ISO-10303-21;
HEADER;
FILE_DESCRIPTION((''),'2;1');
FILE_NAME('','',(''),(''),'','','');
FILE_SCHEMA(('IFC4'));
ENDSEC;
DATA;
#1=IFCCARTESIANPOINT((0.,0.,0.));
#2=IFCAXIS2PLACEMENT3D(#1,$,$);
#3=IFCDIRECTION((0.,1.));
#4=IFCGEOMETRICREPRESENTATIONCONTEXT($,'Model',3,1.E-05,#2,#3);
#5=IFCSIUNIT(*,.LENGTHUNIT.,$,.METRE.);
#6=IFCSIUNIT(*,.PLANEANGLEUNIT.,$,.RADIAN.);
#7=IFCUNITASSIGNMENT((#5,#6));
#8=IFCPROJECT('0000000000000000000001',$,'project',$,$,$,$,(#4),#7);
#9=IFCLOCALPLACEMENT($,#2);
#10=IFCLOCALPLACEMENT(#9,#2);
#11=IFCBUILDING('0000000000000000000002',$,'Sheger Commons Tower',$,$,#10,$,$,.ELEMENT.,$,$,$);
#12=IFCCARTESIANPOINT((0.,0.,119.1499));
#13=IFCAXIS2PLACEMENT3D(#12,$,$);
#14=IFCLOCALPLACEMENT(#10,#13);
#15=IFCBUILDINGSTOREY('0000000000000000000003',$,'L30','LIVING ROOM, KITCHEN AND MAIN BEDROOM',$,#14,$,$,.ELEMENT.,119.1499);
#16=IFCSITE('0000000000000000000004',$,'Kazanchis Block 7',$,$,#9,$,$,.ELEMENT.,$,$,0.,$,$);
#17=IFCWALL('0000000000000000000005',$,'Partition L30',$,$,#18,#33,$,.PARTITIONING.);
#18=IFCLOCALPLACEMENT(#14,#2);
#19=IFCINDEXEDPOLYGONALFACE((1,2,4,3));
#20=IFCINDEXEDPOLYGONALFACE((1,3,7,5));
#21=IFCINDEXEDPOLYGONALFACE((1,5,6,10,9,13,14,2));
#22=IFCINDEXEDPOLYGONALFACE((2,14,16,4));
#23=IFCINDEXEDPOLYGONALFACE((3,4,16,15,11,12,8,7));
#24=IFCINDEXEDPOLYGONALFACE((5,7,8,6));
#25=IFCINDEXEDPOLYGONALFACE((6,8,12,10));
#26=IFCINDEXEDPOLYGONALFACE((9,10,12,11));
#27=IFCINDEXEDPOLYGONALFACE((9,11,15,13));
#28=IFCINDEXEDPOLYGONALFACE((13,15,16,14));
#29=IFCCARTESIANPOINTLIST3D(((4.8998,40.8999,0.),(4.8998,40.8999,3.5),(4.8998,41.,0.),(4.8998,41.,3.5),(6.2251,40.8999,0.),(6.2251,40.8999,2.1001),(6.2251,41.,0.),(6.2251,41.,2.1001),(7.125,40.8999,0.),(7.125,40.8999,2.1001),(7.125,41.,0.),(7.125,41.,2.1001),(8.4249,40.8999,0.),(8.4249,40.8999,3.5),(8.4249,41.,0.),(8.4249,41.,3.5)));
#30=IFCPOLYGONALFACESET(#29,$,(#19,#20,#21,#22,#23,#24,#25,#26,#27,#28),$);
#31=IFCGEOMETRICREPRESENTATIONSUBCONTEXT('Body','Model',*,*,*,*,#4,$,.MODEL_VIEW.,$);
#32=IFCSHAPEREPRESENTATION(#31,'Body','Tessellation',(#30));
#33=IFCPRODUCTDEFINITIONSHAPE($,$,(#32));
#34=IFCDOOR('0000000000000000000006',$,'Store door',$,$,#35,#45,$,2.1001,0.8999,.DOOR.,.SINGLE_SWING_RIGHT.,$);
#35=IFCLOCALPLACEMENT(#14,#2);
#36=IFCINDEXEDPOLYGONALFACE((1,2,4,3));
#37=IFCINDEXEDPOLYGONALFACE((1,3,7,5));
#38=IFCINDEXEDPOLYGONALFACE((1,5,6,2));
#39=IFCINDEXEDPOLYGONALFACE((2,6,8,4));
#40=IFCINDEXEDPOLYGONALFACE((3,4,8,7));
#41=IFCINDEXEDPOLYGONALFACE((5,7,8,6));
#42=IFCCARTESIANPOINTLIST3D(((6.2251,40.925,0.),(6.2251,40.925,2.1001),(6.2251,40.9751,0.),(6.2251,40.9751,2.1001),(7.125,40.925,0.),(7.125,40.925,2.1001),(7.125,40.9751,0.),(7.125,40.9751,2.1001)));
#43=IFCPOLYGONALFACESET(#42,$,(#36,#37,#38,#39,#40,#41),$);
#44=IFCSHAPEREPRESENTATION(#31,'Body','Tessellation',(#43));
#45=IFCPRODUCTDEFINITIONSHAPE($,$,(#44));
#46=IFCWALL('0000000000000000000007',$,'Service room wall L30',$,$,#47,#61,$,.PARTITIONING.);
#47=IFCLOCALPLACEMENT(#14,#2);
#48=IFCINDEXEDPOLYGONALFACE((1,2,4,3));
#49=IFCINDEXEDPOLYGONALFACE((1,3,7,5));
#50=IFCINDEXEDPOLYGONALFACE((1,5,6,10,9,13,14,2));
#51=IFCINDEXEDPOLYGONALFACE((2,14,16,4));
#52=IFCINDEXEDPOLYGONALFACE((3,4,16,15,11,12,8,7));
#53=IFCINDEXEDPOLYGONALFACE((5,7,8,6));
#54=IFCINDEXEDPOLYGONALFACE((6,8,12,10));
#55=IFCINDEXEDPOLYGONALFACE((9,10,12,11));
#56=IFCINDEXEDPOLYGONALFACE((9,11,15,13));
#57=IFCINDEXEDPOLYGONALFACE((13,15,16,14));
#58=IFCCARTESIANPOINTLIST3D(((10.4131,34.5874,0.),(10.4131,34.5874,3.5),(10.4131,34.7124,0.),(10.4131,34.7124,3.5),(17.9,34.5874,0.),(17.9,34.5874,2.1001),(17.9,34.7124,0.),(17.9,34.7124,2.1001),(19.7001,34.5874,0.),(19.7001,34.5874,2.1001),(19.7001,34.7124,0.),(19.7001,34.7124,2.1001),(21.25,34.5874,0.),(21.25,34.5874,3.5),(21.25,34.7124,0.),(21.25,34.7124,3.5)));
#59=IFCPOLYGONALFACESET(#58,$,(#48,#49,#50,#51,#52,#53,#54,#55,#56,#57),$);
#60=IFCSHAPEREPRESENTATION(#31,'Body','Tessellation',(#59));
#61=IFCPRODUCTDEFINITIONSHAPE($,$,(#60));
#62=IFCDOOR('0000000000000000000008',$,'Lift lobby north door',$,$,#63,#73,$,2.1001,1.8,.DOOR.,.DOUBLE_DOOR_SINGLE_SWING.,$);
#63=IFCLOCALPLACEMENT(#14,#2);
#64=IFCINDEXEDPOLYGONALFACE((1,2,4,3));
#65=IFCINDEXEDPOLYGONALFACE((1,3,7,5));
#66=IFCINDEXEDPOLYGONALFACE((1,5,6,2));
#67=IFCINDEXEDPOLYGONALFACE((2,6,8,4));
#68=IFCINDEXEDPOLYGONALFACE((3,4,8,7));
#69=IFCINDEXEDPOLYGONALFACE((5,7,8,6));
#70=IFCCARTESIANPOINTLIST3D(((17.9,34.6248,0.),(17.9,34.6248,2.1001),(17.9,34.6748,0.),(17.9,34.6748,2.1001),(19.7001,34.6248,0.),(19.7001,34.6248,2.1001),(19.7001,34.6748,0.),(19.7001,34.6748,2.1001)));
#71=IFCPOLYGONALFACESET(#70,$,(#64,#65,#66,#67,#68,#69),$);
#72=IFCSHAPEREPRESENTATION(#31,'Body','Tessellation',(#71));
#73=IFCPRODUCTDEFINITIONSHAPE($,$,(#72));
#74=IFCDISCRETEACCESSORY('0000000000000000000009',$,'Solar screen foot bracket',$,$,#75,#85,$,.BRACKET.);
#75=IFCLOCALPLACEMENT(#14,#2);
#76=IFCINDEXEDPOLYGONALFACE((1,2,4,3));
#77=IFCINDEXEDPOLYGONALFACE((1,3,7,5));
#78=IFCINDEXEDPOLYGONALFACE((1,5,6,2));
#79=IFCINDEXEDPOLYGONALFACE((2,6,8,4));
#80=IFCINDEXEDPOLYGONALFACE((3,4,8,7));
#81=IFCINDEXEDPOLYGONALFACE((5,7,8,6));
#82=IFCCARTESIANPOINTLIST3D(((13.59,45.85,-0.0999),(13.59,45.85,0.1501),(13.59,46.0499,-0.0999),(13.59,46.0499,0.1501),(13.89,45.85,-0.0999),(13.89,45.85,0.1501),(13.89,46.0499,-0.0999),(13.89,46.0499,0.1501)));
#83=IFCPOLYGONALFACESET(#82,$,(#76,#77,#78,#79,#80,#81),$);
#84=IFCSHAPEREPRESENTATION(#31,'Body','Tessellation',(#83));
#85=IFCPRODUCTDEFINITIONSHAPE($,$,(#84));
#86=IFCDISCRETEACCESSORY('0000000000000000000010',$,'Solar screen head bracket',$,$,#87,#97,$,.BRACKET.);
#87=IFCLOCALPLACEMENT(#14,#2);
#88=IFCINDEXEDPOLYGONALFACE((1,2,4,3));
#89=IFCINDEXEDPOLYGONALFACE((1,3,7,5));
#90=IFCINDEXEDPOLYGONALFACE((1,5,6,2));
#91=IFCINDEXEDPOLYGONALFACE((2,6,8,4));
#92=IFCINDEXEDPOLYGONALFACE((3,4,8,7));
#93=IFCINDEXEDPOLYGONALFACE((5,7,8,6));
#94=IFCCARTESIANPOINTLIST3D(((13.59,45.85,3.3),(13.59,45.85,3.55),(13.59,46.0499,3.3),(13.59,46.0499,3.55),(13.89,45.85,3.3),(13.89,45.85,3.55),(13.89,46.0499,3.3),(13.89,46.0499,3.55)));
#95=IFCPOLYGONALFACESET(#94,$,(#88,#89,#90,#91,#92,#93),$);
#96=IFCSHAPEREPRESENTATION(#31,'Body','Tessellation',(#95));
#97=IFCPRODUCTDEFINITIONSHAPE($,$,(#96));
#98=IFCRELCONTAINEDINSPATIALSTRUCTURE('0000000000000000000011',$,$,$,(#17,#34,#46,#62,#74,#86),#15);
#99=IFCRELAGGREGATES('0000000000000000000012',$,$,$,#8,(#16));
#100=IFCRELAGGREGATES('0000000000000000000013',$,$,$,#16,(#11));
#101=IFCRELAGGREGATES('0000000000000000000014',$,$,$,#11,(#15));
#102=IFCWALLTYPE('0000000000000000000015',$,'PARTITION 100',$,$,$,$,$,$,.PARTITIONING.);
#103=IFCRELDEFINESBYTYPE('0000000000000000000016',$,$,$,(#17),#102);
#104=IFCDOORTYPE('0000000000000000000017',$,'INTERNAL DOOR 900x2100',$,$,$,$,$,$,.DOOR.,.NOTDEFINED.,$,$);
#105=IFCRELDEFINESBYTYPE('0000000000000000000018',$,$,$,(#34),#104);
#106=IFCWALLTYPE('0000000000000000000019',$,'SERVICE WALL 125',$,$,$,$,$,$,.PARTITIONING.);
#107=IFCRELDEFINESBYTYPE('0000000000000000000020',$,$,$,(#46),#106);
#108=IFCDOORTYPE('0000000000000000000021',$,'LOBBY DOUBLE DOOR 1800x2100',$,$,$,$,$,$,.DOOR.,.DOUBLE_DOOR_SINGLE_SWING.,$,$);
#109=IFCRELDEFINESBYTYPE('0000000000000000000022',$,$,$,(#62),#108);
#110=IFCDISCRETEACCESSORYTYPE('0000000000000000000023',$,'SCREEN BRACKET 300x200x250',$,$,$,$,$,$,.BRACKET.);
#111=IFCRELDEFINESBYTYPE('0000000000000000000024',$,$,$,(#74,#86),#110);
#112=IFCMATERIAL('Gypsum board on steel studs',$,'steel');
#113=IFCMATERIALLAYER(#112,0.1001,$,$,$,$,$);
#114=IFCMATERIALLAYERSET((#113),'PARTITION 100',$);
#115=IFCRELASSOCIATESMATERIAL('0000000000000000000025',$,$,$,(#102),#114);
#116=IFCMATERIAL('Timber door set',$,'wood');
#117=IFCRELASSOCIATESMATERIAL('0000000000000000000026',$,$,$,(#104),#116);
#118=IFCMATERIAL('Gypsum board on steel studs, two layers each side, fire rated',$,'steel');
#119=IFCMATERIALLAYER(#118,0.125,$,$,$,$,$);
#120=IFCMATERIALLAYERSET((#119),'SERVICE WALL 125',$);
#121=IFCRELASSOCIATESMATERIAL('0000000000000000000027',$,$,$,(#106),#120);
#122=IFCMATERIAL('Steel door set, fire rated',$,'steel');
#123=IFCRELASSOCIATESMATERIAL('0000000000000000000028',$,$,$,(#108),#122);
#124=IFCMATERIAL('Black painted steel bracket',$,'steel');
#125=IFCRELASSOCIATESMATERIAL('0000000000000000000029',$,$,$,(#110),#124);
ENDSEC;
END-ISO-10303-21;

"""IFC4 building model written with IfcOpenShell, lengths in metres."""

from ifc_helpers import new_model, si_unit, direction, frame, frame_2d, origin, origin_2d, place, context, subcontext, project, spatial, rectangle, extrude, material, layer, layer_set, type_object, element, fill, save


model = new_model("IFC4")

# Units and contexts
model_context = context("Model", 3, precision=1e-05, world=origin(), true_north=direction((0.0, 1.0)))
body_context = subcontext(model_context, "Body", "Model", "MODEL_VIEW")
ifc_project = project(units=[si_unit("LENGTHUNIT", "METRE"), si_unit("PLANEANGLEUNIT", "RADIAN")], contexts=[model_context])

# Site, building, storey
site_placement = place(None, origin())
site = spatial("IfcSite", under=ifc_project, at=site_placement, Name="Kazanchis Block 7", CompositionType="ELEMENT", RefElevation=0.0)
building_placement = place(site_placement, origin())
building = spatial("IfcBuilding", under=site, at=building_placement, Name="Sheger Commons Tower", CompositionType="ELEMENT")
storey_placement = place(building_placement, frame((0.0, 0.0, 119.1499)))
storey = spatial("IfcBuildingStorey", under=building, at=storey_placement, Name="L30", Description="LIVING ROOM, KITCHEN AND MAIN BEDROOM", CompositionType="ELEMENT", Elevation=119.1499)

# Shared definitions
ifc_material_1 = material(Name="Gypsum board on steel studs", Category="steel")
ifc_layer_1 = layer(ifc_material_1, 0.1001)
ifc_layer_set_1 = layer_set([ifc_layer_1], Name="PARTITION 100")
wall_type_1 = type_object("IfcWallType", Name="PARTITION 100", PredefinedType="PARTITIONING", material=ifc_layer_set_1)

# Walls, openings, doors
wall_1_placement = place(storey_placement, frame((8.425, 40.95, 0.0), z_axis=(0.0, 0.0, 1.0), x_axis=(-1.0, 0.0, 0.0)))
wall_1 = element("IfcWall", 1, at=wall_1_placement, inside=storey, type_object=wall_type_1, Name="Partition L30", PredefinedType="PARTITIONING", context=body_context, shape_type="SweptSolid", body=[
    extrude(rectangle(XDim=3.5251, YDim=0.1001, at=frame_2d((1.7627, 0.0))), origin(), (0.0, 0.0, 1.0), 3.5),
])
opening_1_placement = place(wall_1_placement, frame((1.3, 0.0, 0.0)))
opening_1 = element("IfcOpeningElement", 2, at=opening_1_placement, cuts=wall_1, PredefinedType="OPENING", context=body_context, shape_type="SweptSolid", body=[
    extrude(rectangle(XDim=0.8999, YDim=2.1001, at=frame_2d((0.45, 1.05))), frame((0.0, 0.0601, 0.0), z_axis=(0.0, -1.0, 0.0), x_axis=(1.0, 0.0, 0.0)), (0.0, 0.0, 1.0), 0.1201),
])
ifc_material_2 = material(Name="Timber door set", Category="wood")
door_type_1 = type_object("IfcDoorType", Name="INTERNAL DOOR 900x2100", OperationType="NOTDEFINED", PredefinedType="DOOR", material=ifc_material_2)
door_1_placement = place(opening_1_placement, origin())
door_1 = element("IfcDoor", 3, at=door_1_placement, inside=storey, type_object=door_type_1, Name="Store door", OperationType="SINGLE_SWING_RIGHT", OverallHeight=2.1001, OverallWidth=0.8999, PredefinedType="DOOR", context=body_context, shape_type="SweptSolid", body=[
    extrude(rectangle(XDim=0.8999, YDim=2.1001, at=frame_2d((0.45, 1.05))), frame((0.0, 0.0249, 0.0), z_axis=(0.0, -1.0, 0.0), x_axis=(1.0, 0.0, 0.0)), (0.0, 0.0, 1.0), 0.05),
])
fill(opening_1, door_1)
ifc_material_3 = material(Name="Gypsum board on steel studs, two layers each side, fire rated", Category="steel")
ifc_layer_2 = layer(ifc_material_3, 0.125)
ifc_layer_set_2 = layer_set([ifc_layer_2], Name="SERVICE WALL 125")
wall_type_2 = type_object("IfcWallType", Name="SERVICE WALL 125", PredefinedType="PARTITIONING", material=ifc_layer_set_2)
wall_2_placement = place(storey_placement, frame((10.4131, 34.6499, 0.0), z_axis=(0.0, 0.0, 1.0), x_axis=(1.0, 0.0, 0.0)))
wall_2 = element("IfcWall", 4, at=wall_2_placement, inside=storey, type_object=wall_type_2, Name="Service room wall L30", PredefinedType="PARTITIONING", context=body_context, shape_type="SweptSolid", body=[
    extrude(rectangle(XDim=10.8369, YDim=0.125, at=frame_2d((5.4185, 0.0))), origin(), (0.0, 0.0, 1.0), 3.5),
])
opening_2_placement = place(wall_2_placement, frame((7.4871, 0.0, 0.0)))
opening_2 = element("IfcOpeningElement", 5, at=opening_2_placement, cuts=wall_2, PredefinedType="OPENING", context=body_context, shape_type="SweptSolid", body=[
    extrude(rectangle(XDim=1.8, YDim=2.1001, at=frame_2d((0.8999, 1.05))), frame((0.0, 0.0725, 0.0), z_axis=(0.0, -1.0, 0.0), x_axis=(1.0, 0.0, 0.0)), (0.0, 0.0, 1.0), 0.145),
])
ifc_material_4 = material(Name="Steel door set, fire rated", Category="steel")
door_type_2 = type_object("IfcDoorType", Name="LOBBY DOUBLE DOOR 1800x2100", OperationType="DOUBLE_DOOR_SINGLE_SWING", PredefinedType="DOOR", material=ifc_material_4)
door_2_placement = place(opening_2_placement, origin())
door_2 = element("IfcDoor", 6, at=door_2_placement, inside=storey, type_object=door_type_2, Name="Lift lobby north door", OperationType="DOUBLE_DOOR_SINGLE_SWING", OverallHeight=2.1001, OverallWidth=1.8, PredefinedType="DOOR", context=body_context, shape_type="SweptSolid", body=[
    extrude(rectangle(XDim=1.8, YDim=2.1001, at=frame_2d((0.8999, 1.05))), frame((0.0, 0.0249, 0.0), z_axis=(0.0, -1.0, 0.0), x_axis=(1.0, 0.0, 0.0)), (0.0, 0.0, 1.0), 0.05),
])
fill(opening_2, door_2)

# Discrete accessories
ifc_material_5 = material(Name="Black painted steel bracket", Category="steel")
discrete_accessory_type = type_object("IfcDiscreteAccessoryType", Name="SCREEN BRACKET 300x200x250", PredefinedType="BRACKET", material=ifc_material_5)
for number, where, z_axis, x_axis, name in (
    (7, (13.74, 45.95, -0.0999), (0.0, 0.0, 1.0), (-1.0, 0.0, 0.0), "Solar screen foot bracket"),
    (8, (13.74, 45.95, 3.3), (0.0, 0.0, 1.0), (-1.0, 0.0, 0.0), "Solar screen head bracket"),
):
    element("IfcDiscreteAccessory", number, at=place(storey_placement, frame(where, z_axis=z_axis, x_axis=x_axis)), inside=storey, type_object=discrete_accessory_type, Name=name, PredefinedType="BRACKET", context=body_context, shape_type="SweptSolid", body=[
        extrude(rectangle(XDim=0.3, YDim=0.2, at=origin_2d()), origin(), (0.0, 0.0, 1.0), 0.25),
    ])

save(model, "model.ifc")
